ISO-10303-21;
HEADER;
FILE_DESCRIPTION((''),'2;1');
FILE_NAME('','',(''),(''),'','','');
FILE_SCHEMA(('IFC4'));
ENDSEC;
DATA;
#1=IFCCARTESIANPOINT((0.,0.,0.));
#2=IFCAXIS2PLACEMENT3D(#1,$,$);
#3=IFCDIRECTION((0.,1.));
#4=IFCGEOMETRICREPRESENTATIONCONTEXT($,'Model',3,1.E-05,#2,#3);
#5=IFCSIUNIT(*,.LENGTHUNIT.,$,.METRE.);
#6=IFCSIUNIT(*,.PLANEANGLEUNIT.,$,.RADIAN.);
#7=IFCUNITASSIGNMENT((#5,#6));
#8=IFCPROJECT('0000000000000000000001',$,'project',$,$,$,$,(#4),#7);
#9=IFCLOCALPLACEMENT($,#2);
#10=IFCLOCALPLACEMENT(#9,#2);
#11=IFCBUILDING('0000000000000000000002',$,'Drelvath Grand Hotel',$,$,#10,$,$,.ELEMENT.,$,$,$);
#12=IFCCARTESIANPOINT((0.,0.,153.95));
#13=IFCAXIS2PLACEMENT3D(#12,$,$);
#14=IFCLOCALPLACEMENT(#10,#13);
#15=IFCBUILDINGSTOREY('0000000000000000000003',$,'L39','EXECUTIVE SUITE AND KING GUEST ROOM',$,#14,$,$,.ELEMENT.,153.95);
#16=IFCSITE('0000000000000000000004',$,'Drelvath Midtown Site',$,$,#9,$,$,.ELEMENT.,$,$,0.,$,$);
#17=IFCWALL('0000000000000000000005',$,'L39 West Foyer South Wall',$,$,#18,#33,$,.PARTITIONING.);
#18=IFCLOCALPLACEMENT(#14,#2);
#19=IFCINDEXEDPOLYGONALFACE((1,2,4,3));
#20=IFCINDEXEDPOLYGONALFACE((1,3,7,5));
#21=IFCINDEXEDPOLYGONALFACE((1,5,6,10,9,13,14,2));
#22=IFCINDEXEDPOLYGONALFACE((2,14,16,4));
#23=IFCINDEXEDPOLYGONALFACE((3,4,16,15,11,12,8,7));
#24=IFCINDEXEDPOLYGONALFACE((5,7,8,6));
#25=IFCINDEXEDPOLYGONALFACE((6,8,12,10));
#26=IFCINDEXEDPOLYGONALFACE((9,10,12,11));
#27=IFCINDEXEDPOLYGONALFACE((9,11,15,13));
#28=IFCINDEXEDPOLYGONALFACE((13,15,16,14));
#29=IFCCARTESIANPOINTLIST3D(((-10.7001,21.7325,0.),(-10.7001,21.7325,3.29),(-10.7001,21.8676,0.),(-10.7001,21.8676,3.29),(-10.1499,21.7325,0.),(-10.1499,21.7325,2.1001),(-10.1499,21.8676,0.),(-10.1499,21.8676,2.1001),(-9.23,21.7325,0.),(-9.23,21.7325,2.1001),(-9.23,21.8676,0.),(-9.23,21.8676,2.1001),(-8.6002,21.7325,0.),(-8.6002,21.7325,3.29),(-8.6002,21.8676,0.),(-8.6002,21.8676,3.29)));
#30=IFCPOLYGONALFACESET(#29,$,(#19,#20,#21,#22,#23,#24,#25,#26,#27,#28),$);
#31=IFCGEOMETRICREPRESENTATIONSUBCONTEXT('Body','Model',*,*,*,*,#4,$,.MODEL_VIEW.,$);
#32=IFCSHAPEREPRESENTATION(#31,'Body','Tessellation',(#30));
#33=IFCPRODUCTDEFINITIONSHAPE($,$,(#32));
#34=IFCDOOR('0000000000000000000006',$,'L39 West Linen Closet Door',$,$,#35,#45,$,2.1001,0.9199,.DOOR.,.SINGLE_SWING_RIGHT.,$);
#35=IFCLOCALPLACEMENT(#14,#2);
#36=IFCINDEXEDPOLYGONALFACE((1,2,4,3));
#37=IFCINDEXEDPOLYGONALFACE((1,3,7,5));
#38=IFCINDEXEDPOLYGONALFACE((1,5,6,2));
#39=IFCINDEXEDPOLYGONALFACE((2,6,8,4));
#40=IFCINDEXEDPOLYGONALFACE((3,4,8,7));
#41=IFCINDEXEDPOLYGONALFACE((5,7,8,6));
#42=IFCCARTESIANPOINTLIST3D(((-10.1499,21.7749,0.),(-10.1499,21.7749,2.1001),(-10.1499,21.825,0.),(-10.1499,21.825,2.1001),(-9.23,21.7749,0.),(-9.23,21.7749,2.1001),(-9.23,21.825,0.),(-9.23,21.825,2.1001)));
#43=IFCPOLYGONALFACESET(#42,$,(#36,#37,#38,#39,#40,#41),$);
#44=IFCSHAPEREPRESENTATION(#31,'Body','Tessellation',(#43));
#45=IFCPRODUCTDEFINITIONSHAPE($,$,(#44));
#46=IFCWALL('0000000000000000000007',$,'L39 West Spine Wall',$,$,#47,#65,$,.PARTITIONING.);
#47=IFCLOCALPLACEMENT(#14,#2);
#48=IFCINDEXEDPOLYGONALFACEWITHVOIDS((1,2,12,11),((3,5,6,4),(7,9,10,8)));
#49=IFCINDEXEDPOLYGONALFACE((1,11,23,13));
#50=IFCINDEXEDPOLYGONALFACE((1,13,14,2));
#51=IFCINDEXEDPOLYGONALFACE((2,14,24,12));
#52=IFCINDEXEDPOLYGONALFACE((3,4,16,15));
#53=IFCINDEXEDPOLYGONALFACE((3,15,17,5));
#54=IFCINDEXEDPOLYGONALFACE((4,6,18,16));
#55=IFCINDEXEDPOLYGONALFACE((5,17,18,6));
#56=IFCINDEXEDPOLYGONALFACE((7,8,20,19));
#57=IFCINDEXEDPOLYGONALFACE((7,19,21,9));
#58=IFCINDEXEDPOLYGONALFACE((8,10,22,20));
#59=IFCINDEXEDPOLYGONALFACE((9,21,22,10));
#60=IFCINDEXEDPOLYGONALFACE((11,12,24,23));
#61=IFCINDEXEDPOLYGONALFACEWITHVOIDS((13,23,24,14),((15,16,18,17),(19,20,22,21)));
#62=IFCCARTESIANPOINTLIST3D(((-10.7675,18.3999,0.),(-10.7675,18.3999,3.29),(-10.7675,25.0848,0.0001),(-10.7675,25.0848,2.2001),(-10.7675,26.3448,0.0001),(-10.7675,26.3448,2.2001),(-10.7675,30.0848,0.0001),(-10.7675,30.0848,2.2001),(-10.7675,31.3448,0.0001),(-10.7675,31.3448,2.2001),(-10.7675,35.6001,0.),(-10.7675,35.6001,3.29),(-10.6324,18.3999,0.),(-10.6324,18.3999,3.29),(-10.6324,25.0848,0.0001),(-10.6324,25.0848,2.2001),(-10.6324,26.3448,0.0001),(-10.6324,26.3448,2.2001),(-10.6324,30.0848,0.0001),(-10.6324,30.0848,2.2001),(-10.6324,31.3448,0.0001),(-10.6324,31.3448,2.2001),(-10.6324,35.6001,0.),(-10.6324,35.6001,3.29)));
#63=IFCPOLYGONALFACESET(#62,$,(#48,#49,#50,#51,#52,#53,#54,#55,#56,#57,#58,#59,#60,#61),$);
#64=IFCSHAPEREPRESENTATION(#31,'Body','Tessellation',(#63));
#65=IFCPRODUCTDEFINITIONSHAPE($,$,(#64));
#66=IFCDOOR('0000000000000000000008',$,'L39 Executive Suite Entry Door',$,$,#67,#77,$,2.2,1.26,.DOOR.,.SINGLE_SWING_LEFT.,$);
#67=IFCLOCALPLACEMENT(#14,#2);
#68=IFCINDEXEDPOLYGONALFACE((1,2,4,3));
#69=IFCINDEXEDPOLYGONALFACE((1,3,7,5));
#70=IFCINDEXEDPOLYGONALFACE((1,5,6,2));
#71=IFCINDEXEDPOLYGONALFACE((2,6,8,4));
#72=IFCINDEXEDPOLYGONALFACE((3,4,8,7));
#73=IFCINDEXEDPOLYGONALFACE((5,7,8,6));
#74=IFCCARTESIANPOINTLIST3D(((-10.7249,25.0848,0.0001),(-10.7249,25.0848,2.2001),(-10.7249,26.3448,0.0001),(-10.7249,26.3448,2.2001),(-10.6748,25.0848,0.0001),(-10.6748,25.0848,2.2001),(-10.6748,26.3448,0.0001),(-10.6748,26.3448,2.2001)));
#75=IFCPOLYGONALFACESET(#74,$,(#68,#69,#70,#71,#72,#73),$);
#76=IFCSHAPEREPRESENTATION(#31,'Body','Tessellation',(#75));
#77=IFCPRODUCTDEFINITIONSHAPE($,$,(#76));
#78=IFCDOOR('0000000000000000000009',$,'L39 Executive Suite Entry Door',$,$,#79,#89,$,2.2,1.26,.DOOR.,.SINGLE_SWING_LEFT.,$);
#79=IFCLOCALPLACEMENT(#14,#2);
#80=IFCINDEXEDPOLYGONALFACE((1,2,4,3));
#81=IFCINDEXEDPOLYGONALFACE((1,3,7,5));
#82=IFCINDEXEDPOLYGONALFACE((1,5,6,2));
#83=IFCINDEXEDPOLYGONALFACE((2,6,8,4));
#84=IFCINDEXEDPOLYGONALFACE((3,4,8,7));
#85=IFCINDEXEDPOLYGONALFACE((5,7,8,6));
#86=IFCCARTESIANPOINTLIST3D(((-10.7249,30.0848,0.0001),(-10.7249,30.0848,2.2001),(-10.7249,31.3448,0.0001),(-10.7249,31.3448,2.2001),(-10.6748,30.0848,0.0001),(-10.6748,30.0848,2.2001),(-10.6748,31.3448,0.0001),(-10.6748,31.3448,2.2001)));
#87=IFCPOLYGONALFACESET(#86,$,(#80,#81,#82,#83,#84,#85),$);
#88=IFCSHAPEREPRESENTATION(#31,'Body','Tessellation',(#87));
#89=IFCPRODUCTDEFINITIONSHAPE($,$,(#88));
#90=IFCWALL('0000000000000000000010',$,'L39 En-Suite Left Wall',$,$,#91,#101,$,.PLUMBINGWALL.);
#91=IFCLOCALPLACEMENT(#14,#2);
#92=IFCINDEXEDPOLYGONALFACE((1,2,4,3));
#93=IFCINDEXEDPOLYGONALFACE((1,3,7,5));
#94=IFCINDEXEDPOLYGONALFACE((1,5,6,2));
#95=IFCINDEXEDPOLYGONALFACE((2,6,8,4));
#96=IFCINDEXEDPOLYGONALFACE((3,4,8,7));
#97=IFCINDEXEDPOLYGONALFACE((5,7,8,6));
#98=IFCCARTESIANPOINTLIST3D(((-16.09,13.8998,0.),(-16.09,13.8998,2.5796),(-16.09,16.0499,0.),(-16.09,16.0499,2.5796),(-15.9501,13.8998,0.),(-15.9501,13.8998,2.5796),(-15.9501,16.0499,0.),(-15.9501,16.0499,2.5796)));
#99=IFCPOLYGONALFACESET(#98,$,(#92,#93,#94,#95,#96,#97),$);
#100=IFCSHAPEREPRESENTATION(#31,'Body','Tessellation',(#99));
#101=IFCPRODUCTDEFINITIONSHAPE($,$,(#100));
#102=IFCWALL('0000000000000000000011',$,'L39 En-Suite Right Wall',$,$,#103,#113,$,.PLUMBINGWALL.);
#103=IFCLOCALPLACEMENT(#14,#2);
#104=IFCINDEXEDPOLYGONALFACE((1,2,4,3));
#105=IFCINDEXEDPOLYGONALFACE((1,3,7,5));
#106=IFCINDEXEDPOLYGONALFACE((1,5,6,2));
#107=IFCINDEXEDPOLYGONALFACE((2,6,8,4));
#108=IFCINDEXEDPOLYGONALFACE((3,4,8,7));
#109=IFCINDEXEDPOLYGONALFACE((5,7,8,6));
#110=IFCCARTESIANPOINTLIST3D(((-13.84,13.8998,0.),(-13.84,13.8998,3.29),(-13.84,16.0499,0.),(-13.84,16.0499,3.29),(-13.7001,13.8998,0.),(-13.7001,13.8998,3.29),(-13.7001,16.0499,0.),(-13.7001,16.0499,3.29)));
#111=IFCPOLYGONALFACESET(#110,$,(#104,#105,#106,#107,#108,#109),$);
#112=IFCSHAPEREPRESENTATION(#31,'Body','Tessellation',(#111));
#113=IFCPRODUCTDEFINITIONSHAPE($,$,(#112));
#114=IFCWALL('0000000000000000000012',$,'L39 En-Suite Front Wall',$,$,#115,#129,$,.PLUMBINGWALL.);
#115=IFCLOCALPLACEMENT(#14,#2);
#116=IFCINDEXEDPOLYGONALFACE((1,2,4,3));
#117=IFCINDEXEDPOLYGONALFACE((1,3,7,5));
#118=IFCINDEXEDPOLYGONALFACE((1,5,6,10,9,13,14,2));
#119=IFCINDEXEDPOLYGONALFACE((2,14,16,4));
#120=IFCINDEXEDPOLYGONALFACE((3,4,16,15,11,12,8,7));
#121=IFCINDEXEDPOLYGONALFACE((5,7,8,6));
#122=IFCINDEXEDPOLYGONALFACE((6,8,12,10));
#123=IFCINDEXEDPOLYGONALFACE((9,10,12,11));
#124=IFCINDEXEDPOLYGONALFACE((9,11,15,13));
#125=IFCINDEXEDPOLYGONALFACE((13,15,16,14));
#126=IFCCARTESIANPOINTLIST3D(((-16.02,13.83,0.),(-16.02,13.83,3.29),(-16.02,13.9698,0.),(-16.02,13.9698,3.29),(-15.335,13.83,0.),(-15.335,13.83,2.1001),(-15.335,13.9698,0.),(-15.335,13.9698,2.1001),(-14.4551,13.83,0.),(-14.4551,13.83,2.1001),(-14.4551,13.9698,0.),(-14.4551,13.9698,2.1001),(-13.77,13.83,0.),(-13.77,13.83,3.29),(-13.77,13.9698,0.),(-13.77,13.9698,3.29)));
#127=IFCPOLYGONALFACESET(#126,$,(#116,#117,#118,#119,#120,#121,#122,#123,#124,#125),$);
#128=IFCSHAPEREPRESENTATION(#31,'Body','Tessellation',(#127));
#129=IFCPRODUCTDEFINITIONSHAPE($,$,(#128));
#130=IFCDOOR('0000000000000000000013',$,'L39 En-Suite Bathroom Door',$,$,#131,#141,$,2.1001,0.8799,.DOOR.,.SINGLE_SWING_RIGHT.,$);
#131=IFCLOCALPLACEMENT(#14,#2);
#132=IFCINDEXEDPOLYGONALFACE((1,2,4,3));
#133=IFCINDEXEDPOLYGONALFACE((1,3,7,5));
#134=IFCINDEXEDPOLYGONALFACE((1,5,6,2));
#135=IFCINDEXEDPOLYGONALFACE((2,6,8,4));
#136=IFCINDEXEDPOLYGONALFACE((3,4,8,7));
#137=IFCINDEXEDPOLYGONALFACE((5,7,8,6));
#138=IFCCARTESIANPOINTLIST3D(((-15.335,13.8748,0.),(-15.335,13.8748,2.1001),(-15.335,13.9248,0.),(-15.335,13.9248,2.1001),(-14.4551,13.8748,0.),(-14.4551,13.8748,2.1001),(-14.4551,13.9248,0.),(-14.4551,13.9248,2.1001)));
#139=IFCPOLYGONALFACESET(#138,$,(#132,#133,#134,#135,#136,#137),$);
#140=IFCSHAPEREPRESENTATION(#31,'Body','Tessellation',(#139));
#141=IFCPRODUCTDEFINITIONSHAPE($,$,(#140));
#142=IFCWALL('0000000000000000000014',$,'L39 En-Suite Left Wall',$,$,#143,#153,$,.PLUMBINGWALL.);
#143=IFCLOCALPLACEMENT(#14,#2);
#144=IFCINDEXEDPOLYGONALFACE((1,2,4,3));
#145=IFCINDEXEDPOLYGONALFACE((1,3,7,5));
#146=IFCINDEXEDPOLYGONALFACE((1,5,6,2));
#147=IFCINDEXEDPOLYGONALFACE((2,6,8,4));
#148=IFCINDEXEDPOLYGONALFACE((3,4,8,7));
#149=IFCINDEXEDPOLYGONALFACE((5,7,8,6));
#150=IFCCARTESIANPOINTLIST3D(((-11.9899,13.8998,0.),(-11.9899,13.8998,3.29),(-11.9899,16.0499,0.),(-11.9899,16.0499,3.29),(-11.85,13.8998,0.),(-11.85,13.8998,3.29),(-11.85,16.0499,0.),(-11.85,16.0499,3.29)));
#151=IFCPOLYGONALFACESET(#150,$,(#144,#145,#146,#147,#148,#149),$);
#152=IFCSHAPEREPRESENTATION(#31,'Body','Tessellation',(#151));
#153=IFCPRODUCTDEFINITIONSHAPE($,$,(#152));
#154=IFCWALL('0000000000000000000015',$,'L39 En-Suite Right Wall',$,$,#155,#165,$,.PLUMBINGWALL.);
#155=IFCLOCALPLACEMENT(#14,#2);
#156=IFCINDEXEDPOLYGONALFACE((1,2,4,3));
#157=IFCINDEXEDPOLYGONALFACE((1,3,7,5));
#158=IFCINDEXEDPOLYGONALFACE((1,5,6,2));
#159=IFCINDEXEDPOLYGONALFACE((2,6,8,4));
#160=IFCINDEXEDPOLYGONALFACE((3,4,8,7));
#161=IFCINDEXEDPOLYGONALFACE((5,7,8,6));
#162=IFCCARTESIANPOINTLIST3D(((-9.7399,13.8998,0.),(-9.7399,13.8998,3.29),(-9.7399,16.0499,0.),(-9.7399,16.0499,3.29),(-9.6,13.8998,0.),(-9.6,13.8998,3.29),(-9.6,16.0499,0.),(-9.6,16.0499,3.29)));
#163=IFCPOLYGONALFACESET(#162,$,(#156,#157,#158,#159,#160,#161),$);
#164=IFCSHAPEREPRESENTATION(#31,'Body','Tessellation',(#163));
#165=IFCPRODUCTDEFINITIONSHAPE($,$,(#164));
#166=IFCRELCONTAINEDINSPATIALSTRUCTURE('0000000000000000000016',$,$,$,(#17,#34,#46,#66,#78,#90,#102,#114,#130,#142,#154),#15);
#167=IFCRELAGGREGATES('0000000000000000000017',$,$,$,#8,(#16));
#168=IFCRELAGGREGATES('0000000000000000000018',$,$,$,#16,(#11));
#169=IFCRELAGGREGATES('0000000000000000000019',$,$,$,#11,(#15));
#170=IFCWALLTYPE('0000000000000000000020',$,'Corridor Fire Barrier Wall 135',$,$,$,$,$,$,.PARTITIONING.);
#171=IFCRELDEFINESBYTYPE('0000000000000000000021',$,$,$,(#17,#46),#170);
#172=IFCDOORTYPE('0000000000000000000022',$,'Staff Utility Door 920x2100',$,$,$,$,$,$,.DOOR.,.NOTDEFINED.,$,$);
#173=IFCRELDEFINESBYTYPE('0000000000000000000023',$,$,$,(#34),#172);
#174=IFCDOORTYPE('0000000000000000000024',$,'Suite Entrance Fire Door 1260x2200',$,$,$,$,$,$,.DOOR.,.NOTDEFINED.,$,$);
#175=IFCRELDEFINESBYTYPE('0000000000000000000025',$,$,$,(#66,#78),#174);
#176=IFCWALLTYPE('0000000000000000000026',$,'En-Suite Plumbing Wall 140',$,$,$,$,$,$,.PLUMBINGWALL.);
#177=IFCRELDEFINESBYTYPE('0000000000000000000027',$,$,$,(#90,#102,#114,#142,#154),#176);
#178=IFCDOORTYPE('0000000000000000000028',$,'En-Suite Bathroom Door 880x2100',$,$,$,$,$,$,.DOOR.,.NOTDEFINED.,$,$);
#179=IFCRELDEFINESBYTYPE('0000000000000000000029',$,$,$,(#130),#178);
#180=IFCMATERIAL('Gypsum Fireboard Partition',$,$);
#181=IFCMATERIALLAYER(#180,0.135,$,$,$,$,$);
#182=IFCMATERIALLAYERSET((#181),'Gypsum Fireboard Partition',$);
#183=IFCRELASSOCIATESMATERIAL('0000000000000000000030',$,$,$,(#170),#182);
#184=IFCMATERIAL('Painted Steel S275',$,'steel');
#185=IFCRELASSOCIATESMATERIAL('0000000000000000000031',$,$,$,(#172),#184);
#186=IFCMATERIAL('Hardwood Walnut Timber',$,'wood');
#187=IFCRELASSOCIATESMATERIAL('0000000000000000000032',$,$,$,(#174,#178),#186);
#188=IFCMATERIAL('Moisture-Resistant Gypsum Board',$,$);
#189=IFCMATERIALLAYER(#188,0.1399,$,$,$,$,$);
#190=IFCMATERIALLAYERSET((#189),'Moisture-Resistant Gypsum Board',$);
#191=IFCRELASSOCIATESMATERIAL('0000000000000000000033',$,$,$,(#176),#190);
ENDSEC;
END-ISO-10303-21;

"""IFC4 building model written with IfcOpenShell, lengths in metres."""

from ifc_helpers import new_model, si_unit, direction, frame, frame_2d, origin, place, context, subcontext, project, spatial, rectangle, extrude, material, layer, layer_set, type_object, element, fill, save


model = new_model("IFC4")

# Units and contexts
model_context = context("Model", 3, precision=1e-05, world=origin(), true_north=direction((0.0, 1.0)))
body_context = subcontext(model_context, "Body", "Model", "MODEL_VIEW")
ifc_project = project(units=[si_unit("LENGTHUNIT", "METRE"), si_unit("PLANEANGLEUNIT", "RADIAN")], contexts=[model_context])

# Site, building, storey
site_placement = place(None, origin())
site = spatial("IfcSite", under=ifc_project, at=site_placement, Name="Drelvath Midtown Site", CompositionType="ELEMENT", RefElevation=0.0)
building_placement = place(site_placement, origin())
building = spatial("IfcBuilding", under=site, at=building_placement, Name="Drelvath Grand Hotel", CompositionType="ELEMENT")
storey_placement = place(building_placement, frame((0.0, 0.0, 153.95)))
storey = spatial("IfcBuildingStorey", under=building, at=storey_placement, Name="L39", Description="EXECUTIVE SUITE AND KING GUEST ROOM", CompositionType="ELEMENT", Elevation=153.95)

# Wall, opening, door
ifc_material_1 = material(Name="Gypsum Fireboard Partition")
ifc_layer_1 = layer(ifc_material_1, 0.135)
ifc_layer_set_1 = layer_set([ifc_layer_1], Name="Gypsum Fireboard Partition")
wall_type_1 = type_object("IfcWallType", Name="Corridor Fire Barrier Wall 135", PredefinedType="PARTITIONING", material=ifc_layer_set_1)
wall_1_placement = place(storey_placement, frame((-10.7, 21.8, 0.0), z_axis=(0.0, 0.0, 1.0), x_axis=(1.0, 0.0, 0.0)))
wall_1 = element("IfcWall", 1, at=wall_1_placement, inside=storey, type_object=wall_type_1, Name="L39 West Foyer South Wall", PredefinedType="PARTITIONING", context=body_context, shape_type="SweptSolid", body=[
    extrude(rectangle(XDim=2.0999, YDim=0.135, at=frame_2d((1.0498, 0.0))), origin(), (0.0, 0.0, 1.0), 3.29),
])
opening_1_placement = place(wall_1_placement, frame((0.55, 0.0, 0.0)))
opening_1 = element("IfcOpeningElement", 2, at=opening_1_placement, cuts=wall_1, PredefinedType="OPENING", context=body_context, shape_type="SweptSolid", body=[
    extrude(rectangle(XDim=0.9199, YDim=2.1001, at=frame_2d((0.46, 1.05))), frame((0.0, 0.0774, 0.0), z_axis=(0.0, -1.0, 0.0), x_axis=(1.0, 0.0, 0.0)), (0.0, 0.0, 1.0), 0.155),
])
ifc_material_2 = material(Name="Painted Steel S275", Category="steel")
door_type_1 = type_object("IfcDoorType", Name="Staff Utility Door 920x2100", OperationType="NOTDEFINED", PredefinedType="DOOR", material=ifc_material_2)
door_1_placement = place(opening_1_placement, origin())
door_1 = element("IfcDoor", 3, at=door_1_placement, inside=storey, type_object=door_type_1, Name="L39 West Linen Closet Door", OperationType="SINGLE_SWING_RIGHT", OverallHeight=2.1001, OverallWidth=0.9199, PredefinedType="DOOR", context=body_context, shape_type="SweptSolid", body=[
    extrude(rectangle(XDim=0.9199, YDim=2.1001, at=frame_2d((0.46, 1.05))), frame((0.0, 0.0249, 0.0), z_axis=(0.0, -1.0, 0.0), x_axis=(1.0, 0.0, 0.0)), (0.0, 0.0, 1.0), 0.05),
])
fill(opening_1, door_1)

# Wall, openings, doors
wall_2_placement = place(storey_placement, frame((-10.7, 18.3999, 0.0), z_axis=(0.0, 0.0, 1.0), x_axis=(0.0, 1.0, 0.0)))
wall_2 = element("IfcWall", 4, at=wall_2_placement, inside=storey, type_object=wall_type_1, Name="L39 West Spine Wall", PredefinedType="PARTITIONING", context=body_context, shape_type="SweptSolid", body=[
    extrude(rectangle(XDim=17.2002, YDim=0.135, at=frame_2d((8.6001, 0.0))), origin(), (0.0, 0.0, 1.0), 3.29),
])
opening_2_placement = place(wall_2_placement, frame((6.6851, 0.0, 0.0)))
opening_2 = element("IfcOpeningElement", 5, at=opening_2_placement, cuts=wall_2, PredefinedType="OPENING", context=body_context, shape_type="SweptSolid", body=[
    extrude(rectangle(XDim=1.26, YDim=2.2, at=frame_2d((0.6299, 1.1001))), frame((0.0, 0.0774, 0.0), z_axis=(0.0, -1.0, 0.0), x_axis=(1.0, 0.0, 0.0)), (0.0, 0.0, 1.0), 0.155),
])
opening_3_placement = place(wall_2_placement, frame((11.6851, 0.0, 0.0)))
opening_3 = element("IfcOpeningElement", 6, at=opening_3_placement, cuts=wall_2, PredefinedType="OPENING", context=body_context, shape_type="SweptSolid", body=[
    extrude(rectangle(XDim=1.26, YDim=2.2, at=frame_2d((0.6299, 1.1001))), frame((0.0, 0.0774, 0.0), z_axis=(0.0, -1.0, 0.0), x_axis=(1.0, 0.0, 0.0)), (0.0, 0.0, 1.0), 0.155),
])
ifc_material_3 = material(Name="Hardwood Walnut Timber", Category="wood")
door_type_2 = type_object("IfcDoorType", Name="Suite Entrance Fire Door 1260x2200", OperationType="NOTDEFINED", PredefinedType="DOOR", material=ifc_material_3)
door_2_placement = place(opening_2_placement, origin())
door_2 = element("IfcDoor", 7, at=door_2_placement, inside=storey, type_object=door_type_2, Name="L39 Executive Suite Entry Door", OperationType="SINGLE_SWING_LEFT", OverallHeight=2.2, OverallWidth=1.26, PredefinedType="DOOR", context=body_context, shape_type="SweptSolid", body=[
    extrude(rectangle(XDim=1.26, YDim=2.2, at=frame_2d((0.6299, 1.1001))), frame((0.0, 0.0249, 0.0), z_axis=(0.0, -1.0, 0.0), x_axis=(1.0, 0.0, 0.0)), (0.0, 0.0, 1.0), 0.05),
])
fill(opening_2, door_2)
door_3_placement = place(opening_3_placement, origin())
door_3 = element("IfcDoor", 8, at=door_3_placement, inside=storey, type_object=door_type_2, Name="L39 Executive Suite Entry Door", OperationType="SINGLE_SWING_LEFT", OverallHeight=2.2, OverallWidth=1.26, PredefinedType="DOOR", context=body_context, shape_type="SweptSolid", body=[
    extrude(rectangle(XDim=1.26, YDim=2.2, at=frame_2d((0.6299, 1.1001))), frame((0.0, 0.0249, 0.0), z_axis=(0.0, -1.0, 0.0), x_axis=(1.0, 0.0, 0.0)), (0.0, 0.0, 1.0), 0.05),
])
fill(opening_3, door_3)

# Walls
ifc_material_4 = material(Name="Moisture-Resistant Gypsum Board")
ifc_layer_2 = layer(ifc_material_4, 0.1399)
ifc_layer_set_2 = layer_set([ifc_layer_2], Name="Moisture-Resistant Gypsum Board")
wall_type_2 = type_object("IfcWallType", Name="En-Suite Plumbing Wall 140", PredefinedType="PLUMBINGWALL", material=ifc_layer_set_2)
wall_3_placement = place(storey_placement, frame((-16.02, 16.05, 0.0), z_axis=(0.0, 0.0, 1.0), x_axis=(0.0, -1.0, 0.0)))
element("IfcWall", 9, at=wall_3_placement, inside=storey, type_object=wall_type_2, Name="L39 En-Suite Left Wall", PredefinedType="PLUMBINGWALL", context=body_context, shape_type="SweptSolid", body=[
    extrude(rectangle(XDim=2.1501, YDim=0.1399, at=frame_2d((1.0752, 0.0))), origin(), (0.0, 0.0, 1.0), 2.5796),
])
wall_4_placement = place(storey_placement, frame((-13.77, 16.05, 0.0), z_axis=(0.0, 0.0, 1.0), x_axis=(0.0, -1.0, 0.0)))
element("IfcWall", 10, at=wall_4_placement, inside=storey, type_object=wall_type_2, Name="L39 En-Suite Right Wall", PredefinedType="PLUMBINGWALL", context=body_context, shape_type="SweptSolid", body=[
    extrude(rectangle(XDim=2.1501, YDim=0.1399, at=frame_2d((1.0752, 0.0))), origin(), (0.0, 0.0, 1.0), 3.29),
])

# Wall, opening, door
wall_5_placement = place(storey_placement, frame((-16.02, 13.8999, 0.0), z_axis=(0.0, 0.0, 1.0), x_axis=(1.0, 0.0, 0.0)))
wall_5 = element("IfcWall", 11, at=wall_5_placement, inside=storey, type_object=wall_type_2, Name="L39 En-Suite Front Wall", PredefinedType="PLUMBINGWALL", context=body_context, shape_type="SweptSolid", body=[
    extrude(rectangle(XDim=2.25, YDim=0.1399, at=frame_2d((1.125, 0.0))), origin(), (0.0, 0.0, 1.0), 3.29),
])
opening_4_placement = place(wall_5_placement, frame((0.6851, 0.0, 0.0)))
opening_4 = element("IfcOpeningElement", 12, at=opening_4_placement, cuts=wall_5, PredefinedType="OPENING", context=body_context, shape_type="SweptSolid", body=[
    extrude(rectangle(XDim=0.8799, YDim=2.1001, at=frame_2d((0.4399, 1.05))), frame((0.0, 0.0798, 0.0), z_axis=(0.0, -1.0, 0.0), x_axis=(1.0, 0.0, 0.0)), (0.0, 0.0, 1.0), 0.1599),
])
door_type_3 = type_object("IfcDoorType", Name="En-Suite Bathroom Door 880x2100", OperationType="NOTDEFINED", PredefinedType="DOOR", material=ifc_material_3)
door_4_placement = place(opening_4_placement, origin())
door_4 = element("IfcDoor", 13, at=door_4_placement, inside=storey, type_object=door_type_3, Name="L39 En-Suite Bathroom Door", OperationType="SINGLE_SWING_RIGHT", OverallHeight=2.1001, OverallWidth=0.8799, PredefinedType="DOOR", context=body_context, shape_type="SweptSolid", body=[
    extrude(rectangle(XDim=0.8799, YDim=2.1001, at=frame_2d((0.4399, 1.05))), frame((0.0, 0.0249, 0.0), z_axis=(0.0, -1.0, 0.0), x_axis=(1.0, 0.0, 0.0)), (0.0, 0.0, 1.0), 0.05),
])
fill(opening_4, door_4)

# Walls
for number, where, z_axis, x_axis, name in (
    (14, (-11.9199, 16.05, 0.0), (0.0, 0.0, 1.0), (0.0, -1.0, 0.0), "L39 En-Suite Left Wall"),
    (15, (-9.6699, 16.05, 0.0), (0.0, 0.0, 1.0), (0.0, -1.0, 0.0), "L39 En-Suite Right Wall"),
):
    element("IfcWall", number, at=place(storey_placement, frame(where, z_axis=z_axis, x_axis=x_axis)), inside=storey, type_object=wall_type_2, Name=name, PredefinedType="PLUMBINGWALL", context=body_context, shape_type="SweptSolid", body=[
        extrude(rectangle(XDim=2.1501, YDim=0.1399, at=frame_2d((1.0752, 0.0))), origin(), (0.0, 0.0, 1.0), 3.29),
    ])

save(model, "model.ifc")
